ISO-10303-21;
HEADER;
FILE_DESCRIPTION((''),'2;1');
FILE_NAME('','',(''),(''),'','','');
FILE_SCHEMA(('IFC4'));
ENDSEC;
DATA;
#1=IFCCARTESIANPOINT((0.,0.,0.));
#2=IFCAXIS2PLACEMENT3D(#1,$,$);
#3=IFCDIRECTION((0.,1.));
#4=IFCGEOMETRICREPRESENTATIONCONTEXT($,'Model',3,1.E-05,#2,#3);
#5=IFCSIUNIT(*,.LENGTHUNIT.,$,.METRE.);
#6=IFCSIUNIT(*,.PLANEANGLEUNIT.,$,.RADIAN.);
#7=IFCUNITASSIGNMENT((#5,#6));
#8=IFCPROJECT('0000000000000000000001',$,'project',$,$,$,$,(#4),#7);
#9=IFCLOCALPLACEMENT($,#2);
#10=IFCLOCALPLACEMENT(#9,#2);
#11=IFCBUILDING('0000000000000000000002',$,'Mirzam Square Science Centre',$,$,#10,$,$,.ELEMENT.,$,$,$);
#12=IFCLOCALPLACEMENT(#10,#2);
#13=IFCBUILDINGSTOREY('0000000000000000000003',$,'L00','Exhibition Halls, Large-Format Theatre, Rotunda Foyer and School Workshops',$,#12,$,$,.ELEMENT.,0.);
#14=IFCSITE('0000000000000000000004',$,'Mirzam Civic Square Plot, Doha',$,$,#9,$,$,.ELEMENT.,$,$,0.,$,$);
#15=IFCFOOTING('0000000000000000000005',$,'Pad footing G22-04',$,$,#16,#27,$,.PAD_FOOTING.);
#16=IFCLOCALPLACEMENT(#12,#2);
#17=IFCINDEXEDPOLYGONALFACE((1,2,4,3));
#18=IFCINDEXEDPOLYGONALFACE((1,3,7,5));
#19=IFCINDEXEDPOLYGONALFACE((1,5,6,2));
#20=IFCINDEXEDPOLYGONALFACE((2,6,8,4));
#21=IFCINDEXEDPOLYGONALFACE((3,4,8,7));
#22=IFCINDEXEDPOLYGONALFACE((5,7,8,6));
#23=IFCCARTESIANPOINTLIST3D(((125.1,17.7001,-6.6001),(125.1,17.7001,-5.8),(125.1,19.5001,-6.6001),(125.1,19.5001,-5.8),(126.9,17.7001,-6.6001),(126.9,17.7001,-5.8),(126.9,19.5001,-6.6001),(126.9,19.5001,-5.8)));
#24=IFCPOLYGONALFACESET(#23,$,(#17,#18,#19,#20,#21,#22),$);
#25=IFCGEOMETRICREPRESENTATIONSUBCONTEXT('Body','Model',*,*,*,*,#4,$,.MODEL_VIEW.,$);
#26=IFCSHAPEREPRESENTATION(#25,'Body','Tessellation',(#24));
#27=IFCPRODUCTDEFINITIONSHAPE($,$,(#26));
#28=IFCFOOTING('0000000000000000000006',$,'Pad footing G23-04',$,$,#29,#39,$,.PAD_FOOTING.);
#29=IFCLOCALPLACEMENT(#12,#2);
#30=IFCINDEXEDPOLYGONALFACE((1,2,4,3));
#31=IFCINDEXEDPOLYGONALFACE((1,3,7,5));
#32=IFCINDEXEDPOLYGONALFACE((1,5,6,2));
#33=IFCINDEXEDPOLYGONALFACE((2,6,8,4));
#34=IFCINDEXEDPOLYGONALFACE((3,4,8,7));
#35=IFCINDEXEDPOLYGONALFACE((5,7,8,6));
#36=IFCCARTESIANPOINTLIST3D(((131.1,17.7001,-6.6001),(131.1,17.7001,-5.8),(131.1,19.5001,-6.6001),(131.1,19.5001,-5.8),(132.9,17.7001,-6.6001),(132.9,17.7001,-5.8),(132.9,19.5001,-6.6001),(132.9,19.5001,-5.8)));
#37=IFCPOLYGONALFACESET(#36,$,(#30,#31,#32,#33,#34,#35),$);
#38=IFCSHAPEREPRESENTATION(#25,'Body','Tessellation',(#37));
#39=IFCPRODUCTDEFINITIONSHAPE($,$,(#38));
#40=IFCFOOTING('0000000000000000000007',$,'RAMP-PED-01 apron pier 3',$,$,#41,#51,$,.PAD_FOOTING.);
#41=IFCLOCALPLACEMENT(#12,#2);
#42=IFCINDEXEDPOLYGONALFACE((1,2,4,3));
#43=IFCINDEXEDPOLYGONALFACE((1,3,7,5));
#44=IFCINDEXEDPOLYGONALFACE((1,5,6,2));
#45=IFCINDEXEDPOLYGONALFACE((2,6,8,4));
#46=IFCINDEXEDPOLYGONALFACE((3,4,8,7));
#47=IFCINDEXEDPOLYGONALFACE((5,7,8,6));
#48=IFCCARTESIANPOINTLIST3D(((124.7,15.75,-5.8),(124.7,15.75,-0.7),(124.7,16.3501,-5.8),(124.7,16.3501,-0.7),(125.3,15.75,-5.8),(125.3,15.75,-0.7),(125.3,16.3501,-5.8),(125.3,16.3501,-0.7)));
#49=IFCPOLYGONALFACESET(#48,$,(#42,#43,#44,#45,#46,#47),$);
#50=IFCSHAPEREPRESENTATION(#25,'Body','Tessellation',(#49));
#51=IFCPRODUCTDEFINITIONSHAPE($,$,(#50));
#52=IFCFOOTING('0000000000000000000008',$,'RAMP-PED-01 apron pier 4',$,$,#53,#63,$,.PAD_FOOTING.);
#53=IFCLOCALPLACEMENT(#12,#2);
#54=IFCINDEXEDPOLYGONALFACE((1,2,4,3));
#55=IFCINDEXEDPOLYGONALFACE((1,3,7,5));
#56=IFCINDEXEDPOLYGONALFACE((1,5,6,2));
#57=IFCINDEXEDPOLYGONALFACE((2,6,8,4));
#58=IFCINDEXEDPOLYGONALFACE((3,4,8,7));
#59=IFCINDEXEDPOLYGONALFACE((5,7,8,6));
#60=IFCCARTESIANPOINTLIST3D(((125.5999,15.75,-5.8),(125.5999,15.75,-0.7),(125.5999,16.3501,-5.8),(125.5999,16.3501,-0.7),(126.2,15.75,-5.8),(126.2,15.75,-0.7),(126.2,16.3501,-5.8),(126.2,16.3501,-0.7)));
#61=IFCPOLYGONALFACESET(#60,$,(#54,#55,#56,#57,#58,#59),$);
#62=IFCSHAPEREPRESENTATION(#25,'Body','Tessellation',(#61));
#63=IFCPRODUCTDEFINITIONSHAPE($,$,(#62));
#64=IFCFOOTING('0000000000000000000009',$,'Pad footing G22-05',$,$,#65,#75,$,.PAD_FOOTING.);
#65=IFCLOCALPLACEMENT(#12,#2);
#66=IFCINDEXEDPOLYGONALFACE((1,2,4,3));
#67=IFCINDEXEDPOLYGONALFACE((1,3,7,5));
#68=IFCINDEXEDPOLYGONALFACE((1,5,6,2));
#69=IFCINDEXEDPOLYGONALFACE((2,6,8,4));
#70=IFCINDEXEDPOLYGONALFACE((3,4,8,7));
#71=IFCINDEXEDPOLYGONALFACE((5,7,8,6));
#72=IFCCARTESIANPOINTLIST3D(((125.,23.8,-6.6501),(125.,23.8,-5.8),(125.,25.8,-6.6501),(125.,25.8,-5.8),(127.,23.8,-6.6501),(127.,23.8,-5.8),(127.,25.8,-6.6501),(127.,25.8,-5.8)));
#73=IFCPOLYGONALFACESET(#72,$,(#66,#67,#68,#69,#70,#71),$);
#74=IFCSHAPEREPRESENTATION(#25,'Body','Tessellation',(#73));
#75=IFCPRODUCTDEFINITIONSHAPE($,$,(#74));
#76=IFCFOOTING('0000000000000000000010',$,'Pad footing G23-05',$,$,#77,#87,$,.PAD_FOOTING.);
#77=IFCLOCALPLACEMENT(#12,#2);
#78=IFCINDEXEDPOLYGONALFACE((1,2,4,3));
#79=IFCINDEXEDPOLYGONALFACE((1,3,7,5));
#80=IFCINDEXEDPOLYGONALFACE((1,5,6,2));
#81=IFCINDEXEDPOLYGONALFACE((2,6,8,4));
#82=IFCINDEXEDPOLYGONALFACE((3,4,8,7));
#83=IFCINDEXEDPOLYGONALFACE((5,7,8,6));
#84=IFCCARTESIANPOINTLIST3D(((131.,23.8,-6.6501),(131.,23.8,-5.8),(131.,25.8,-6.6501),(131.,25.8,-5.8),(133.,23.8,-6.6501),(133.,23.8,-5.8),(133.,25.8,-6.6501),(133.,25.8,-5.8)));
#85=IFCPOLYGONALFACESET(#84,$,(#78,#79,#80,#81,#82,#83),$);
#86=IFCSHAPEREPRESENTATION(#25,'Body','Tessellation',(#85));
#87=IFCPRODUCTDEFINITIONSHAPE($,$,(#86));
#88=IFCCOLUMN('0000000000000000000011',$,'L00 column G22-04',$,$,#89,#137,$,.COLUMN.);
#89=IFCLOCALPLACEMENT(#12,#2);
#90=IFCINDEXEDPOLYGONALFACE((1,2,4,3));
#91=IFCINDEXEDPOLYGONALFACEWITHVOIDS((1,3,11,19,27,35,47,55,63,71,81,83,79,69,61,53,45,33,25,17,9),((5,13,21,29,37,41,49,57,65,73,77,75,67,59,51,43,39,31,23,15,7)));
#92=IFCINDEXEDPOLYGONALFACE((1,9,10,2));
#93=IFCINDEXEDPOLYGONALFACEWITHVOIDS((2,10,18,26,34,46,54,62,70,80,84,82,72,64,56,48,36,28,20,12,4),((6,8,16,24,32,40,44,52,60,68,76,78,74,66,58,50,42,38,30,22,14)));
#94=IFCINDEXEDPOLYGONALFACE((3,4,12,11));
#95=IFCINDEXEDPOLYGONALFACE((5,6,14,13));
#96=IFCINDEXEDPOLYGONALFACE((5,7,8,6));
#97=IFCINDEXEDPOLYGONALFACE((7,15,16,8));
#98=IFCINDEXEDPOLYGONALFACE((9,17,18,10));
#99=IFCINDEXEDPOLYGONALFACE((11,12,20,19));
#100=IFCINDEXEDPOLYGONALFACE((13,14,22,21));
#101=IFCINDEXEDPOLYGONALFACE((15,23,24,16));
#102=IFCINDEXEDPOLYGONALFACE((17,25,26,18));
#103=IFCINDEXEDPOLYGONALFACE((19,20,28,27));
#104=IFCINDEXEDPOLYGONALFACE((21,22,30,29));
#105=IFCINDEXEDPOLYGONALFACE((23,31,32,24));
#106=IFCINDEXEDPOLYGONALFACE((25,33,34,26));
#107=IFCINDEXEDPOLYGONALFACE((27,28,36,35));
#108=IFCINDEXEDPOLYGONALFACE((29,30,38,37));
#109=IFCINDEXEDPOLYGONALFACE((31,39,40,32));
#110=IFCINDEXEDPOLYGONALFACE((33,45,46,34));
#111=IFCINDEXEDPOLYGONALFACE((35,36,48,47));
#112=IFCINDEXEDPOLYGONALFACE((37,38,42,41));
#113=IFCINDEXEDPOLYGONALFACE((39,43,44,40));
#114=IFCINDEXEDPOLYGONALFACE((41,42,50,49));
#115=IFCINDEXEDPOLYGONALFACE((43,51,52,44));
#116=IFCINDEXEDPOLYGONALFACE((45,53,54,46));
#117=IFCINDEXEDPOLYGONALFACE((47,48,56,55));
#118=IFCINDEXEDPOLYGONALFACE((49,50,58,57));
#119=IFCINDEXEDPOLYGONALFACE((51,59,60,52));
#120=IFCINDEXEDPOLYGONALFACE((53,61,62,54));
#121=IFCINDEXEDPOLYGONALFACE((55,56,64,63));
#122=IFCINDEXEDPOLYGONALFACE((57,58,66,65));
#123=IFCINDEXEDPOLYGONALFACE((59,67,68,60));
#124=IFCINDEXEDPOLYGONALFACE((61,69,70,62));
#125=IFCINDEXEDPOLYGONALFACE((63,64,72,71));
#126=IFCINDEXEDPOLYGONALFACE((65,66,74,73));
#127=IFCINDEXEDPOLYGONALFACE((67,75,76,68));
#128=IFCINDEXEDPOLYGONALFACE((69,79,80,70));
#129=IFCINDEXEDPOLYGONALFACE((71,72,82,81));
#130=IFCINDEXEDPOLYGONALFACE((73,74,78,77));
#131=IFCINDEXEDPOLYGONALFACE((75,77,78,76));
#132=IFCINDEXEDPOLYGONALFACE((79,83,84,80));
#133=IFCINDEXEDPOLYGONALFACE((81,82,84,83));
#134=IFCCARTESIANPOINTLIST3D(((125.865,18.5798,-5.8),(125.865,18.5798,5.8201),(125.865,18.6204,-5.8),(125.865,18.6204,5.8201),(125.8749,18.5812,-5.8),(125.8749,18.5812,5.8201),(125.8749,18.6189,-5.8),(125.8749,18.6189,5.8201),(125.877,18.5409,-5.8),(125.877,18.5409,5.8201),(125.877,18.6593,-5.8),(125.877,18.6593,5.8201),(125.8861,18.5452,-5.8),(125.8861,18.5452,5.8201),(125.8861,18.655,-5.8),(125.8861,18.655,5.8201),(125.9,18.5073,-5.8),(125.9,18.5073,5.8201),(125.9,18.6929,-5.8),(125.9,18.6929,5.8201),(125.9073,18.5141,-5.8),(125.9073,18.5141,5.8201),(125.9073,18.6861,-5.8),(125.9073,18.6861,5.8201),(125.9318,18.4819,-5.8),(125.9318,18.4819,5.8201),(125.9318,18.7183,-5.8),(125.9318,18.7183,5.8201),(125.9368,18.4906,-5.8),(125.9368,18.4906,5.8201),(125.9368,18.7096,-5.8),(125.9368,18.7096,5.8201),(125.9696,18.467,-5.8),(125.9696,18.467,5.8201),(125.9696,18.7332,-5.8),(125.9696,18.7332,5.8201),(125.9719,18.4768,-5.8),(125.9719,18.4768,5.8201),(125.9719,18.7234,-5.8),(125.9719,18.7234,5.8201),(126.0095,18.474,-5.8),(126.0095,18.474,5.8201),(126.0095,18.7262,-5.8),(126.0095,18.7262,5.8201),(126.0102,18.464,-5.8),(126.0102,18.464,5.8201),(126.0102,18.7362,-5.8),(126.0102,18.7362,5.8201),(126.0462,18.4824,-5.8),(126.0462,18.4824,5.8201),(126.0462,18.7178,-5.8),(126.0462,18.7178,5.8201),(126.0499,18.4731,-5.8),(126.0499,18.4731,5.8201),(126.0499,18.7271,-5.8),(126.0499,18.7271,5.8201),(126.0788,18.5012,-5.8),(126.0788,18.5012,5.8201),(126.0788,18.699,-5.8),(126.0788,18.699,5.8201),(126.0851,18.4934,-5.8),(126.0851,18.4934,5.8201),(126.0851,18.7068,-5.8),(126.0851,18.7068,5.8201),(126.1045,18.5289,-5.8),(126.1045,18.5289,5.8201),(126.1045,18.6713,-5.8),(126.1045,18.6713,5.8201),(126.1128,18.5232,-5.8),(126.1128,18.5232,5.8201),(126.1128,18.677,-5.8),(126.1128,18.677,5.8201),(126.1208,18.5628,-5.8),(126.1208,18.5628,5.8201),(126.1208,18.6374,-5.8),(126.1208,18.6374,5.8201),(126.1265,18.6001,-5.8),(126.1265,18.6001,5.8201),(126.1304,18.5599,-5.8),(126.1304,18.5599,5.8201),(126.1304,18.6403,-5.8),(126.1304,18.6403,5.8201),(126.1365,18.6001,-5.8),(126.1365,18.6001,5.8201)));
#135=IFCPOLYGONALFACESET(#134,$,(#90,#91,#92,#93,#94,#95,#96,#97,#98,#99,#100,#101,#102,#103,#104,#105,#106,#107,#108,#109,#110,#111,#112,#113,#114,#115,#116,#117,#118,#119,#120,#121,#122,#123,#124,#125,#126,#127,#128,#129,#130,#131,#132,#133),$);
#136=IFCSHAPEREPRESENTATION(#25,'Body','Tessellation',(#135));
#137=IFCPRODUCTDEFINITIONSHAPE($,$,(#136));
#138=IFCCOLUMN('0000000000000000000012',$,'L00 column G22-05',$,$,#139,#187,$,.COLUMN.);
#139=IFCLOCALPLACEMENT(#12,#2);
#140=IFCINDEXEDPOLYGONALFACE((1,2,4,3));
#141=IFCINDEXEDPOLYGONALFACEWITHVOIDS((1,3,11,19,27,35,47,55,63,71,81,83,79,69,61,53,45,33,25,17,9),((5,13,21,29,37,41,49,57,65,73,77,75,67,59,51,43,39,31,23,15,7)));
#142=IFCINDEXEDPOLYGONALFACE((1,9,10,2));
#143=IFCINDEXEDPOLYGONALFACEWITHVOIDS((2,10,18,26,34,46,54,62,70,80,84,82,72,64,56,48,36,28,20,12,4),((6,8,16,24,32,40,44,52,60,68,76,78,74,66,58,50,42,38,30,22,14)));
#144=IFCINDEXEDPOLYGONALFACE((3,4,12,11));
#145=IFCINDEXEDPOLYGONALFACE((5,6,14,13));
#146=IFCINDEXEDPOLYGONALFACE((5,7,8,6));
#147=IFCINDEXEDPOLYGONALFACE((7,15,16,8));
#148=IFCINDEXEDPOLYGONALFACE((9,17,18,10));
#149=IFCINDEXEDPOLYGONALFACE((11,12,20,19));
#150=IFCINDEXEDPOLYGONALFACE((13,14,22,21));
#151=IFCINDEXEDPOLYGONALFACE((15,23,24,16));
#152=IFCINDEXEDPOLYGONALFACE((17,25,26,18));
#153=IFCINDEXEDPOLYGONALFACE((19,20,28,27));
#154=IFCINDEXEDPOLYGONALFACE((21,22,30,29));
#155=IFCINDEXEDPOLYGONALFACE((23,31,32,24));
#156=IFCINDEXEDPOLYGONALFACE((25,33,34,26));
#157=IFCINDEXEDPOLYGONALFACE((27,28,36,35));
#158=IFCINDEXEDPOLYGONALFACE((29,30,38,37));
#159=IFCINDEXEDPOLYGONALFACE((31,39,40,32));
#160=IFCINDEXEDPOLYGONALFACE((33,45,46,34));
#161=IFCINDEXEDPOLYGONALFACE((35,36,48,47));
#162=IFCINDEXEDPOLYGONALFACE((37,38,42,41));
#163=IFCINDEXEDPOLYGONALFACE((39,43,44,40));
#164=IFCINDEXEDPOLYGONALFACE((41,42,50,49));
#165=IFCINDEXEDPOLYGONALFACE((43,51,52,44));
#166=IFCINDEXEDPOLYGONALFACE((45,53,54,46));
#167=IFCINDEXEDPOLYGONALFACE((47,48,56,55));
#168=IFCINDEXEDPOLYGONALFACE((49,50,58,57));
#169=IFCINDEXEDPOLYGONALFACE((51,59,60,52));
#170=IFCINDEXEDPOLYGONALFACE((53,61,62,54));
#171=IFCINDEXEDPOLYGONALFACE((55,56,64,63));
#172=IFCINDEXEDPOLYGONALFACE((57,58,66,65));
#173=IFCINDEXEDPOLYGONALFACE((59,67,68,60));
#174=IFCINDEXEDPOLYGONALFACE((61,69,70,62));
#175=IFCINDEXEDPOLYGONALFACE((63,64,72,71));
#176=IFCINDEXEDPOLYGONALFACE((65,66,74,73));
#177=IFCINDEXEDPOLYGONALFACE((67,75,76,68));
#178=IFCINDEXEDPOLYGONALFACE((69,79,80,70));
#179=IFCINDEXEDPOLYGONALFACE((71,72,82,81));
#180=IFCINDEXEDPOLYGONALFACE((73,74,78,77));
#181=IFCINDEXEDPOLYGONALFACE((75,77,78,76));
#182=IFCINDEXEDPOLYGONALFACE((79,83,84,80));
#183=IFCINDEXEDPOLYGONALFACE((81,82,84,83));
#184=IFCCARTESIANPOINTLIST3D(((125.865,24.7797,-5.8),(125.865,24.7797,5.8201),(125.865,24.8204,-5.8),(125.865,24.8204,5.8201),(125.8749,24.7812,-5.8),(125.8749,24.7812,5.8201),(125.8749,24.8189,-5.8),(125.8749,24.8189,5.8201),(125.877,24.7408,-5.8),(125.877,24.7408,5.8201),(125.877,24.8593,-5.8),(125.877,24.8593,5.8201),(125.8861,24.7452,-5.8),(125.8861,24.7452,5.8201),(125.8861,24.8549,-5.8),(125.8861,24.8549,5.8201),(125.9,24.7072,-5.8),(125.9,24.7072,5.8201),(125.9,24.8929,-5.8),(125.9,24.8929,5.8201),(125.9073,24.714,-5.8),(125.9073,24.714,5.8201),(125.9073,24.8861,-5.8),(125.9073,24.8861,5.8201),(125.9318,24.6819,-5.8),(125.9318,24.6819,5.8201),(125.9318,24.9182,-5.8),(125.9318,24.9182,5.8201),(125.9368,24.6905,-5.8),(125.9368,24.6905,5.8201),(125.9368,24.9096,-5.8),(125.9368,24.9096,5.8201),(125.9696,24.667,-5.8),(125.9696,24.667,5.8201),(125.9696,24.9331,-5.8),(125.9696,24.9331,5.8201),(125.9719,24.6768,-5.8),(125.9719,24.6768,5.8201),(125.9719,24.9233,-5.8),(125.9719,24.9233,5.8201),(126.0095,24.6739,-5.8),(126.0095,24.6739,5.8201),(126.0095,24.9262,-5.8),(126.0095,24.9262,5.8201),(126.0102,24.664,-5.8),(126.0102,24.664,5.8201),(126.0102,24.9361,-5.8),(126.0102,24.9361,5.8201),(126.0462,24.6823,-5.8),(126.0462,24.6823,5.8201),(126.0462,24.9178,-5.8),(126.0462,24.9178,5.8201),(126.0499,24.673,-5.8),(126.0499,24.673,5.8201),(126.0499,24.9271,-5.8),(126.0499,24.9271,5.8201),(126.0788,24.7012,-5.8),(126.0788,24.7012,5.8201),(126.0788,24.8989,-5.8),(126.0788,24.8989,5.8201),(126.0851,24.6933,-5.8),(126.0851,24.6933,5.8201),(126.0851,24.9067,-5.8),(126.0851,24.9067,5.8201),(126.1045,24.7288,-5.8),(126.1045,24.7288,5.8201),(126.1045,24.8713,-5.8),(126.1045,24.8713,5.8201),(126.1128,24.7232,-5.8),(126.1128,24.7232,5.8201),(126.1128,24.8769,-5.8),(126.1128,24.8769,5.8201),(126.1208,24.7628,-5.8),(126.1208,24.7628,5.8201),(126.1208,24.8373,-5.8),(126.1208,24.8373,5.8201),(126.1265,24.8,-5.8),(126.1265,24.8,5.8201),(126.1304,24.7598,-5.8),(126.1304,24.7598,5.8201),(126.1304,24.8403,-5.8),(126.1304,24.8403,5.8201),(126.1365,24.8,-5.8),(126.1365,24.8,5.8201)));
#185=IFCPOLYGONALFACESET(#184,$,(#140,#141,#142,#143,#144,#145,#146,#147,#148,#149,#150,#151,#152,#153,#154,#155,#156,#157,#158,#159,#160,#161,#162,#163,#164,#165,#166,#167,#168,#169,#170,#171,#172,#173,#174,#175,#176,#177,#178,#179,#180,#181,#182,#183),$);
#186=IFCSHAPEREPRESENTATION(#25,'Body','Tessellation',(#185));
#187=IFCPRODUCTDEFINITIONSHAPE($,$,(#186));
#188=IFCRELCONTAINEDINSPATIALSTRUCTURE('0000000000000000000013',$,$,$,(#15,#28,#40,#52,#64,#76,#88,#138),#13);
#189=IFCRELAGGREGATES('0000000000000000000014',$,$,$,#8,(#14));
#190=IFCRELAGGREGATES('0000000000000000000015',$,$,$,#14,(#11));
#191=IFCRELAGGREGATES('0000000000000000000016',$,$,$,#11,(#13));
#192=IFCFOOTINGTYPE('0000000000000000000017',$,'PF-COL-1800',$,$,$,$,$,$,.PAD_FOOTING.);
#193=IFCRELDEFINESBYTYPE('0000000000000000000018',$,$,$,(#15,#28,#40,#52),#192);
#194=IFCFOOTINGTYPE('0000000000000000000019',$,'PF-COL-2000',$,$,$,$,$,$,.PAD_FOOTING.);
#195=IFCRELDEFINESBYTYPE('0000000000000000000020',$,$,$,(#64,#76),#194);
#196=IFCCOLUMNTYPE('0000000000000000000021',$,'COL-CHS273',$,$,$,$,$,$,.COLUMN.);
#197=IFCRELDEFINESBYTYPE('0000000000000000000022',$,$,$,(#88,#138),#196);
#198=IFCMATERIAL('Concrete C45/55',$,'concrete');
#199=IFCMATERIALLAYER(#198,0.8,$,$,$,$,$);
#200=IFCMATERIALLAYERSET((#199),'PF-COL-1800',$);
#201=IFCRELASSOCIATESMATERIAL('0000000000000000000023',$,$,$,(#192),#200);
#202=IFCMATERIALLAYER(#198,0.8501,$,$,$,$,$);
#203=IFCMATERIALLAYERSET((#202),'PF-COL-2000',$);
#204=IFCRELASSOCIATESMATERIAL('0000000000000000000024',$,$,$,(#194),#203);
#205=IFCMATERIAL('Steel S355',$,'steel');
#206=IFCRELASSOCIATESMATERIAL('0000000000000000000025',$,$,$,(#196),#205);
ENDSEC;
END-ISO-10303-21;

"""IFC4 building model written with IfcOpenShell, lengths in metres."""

from ifc_helpers import new_model, si_unit, direction, frame, origin, origin_2d, place, context, subcontext, project, spatial, rectangle, hollow_circle, extrude, material, layer, layer_set, material_profile, profile_set, type_object, element, save


model = new_model("IFC4")

# Units and contexts
model_context = context("Model", 3, precision=1e-05, world=origin(), true_north=direction((0.0, 1.0)))
body_context = subcontext(model_context, "Body", "Model", "MODEL_VIEW")
ifc_project = project(units=[si_unit("LENGTHUNIT", "METRE"), si_unit("PLANEANGLEUNIT", "RADIAN")], contexts=[model_context])

# Site, building, storey
site_placement = place(None, origin())
site = spatial("IfcSite", under=ifc_project, at=site_placement, Name="Mirzam Civic Square Plot, Doha", CompositionType="ELEMENT", RefElevation=0.0)
building_placement = place(site_placement, origin())
building = spatial("IfcBuilding", under=site, at=building_placement, Name="Mirzam Square Science Centre", CompositionType="ELEMENT")
storey_placement = place(building_placement, origin())
storey = spatial("IfcBuildingStorey", under=building, at=storey_placement, Name="L00", Description="Exhibition Halls, Large-Format Theatre, Rotunda Foyer and School Workshops", CompositionType="ELEMENT", Elevation=0.0)

# Footings
ifc_material_1 = material(Name="Concrete C45/55", Category="concrete")
ifc_layer_1 = layer(ifc_material_1, 0.8)
ifc_layer_set_1 = layer_set([ifc_layer_1], Name="PF-COL-1800")
footing_type_1 = type_object("IfcFootingType", Name="PF-COL-1800", PredefinedType="PAD_FOOTING", material=ifc_layer_set_1)
for number, where, z_axis, x_axis, name in (
    (1, (126.0, 18.6001, -6.6001), (0.0, 0.0, 1.0), (1.0, 0.0, 0.0), "Pad footing G22-04"),
    (2, (132.0, 18.6001, -6.6001), (0.0, 0.0, 1.0), (1.0, 0.0, 0.0), "Pad footing G23-04"),
):
    element("IfcFooting", number, at=place(storey_placement, frame(where, z_axis=z_axis, x_axis=x_axis)), inside=storey, type_object=footing_type_1, Name=name, PredefinedType="PAD_FOOTING", context=body_context, shape_type="SweptSolid", body=[
        extrude(rectangle(XDim=1.8, YDim=1.8, at=origin_2d()), origin(), (0.0, 0.0, 1.0), 0.8),
    ])
for number, where, z_axis, x_axis, name in (
    (3, (125.0, 16.05, -5.8), (0.0, 0.0, 1.0), (1.0, 0.0, 0.0), "RAMP-PED-01 apron pier 3"),
    (4, (125.8999, 16.05, -5.8), (0.0, 0.0, 1.0), (1.0, 0.0, 0.0), "RAMP-PED-01 apron pier 4"),
):
    element("IfcFooting", number, at=place(storey_placement, frame(where, z_axis=z_axis, x_axis=x_axis)), inside=storey, type_object=footing_type_1, Name=name, PredefinedType="PAD_FOOTING", context=body_context, shape_type="SweptSolid", body=[
        extrude(rectangle(XDim=0.6001, YDim=0.6001, at=origin_2d()), origin(), (0.0, 0.0, 1.0), 5.1001),
    ])
ifc_layer_2 = layer(ifc_material_1, 0.8501)
ifc_layer_set_2 = layer_set([ifc_layer_2], Name="PF-COL-2000")
footing_type_2 = type_object("IfcFootingType", Name="PF-COL-2000", PredefinedType="PAD_FOOTING", material=ifc_layer_set_2)
for number, where, z_axis, x_axis, name in (
    (5, (126.0, 24.8, -6.6501), (0.0, 0.0, 1.0), (1.0, 0.0, 0.0), "Pad footing G22-05"),
    (6, (132.0, 24.8, -6.6501), (0.0, 0.0, 1.0), (1.0, 0.0, 0.0), "Pad footing G23-05"),
):
    element("IfcFooting", number, at=place(storey_placement, frame(where, z_axis=z_axis, x_axis=x_axis)), inside=storey, type_object=footing_type_2, Name=name, PredefinedType="PAD_FOOTING", context=body_context, shape_type="SweptSolid", body=[
        extrude(rectangle(XDim=2.0, YDim=2.0, at=origin_2d()), origin(), (0.0, 0.0, 1.0), 0.8501),
    ])

# Columns
ifc_material_2 = material(Name="Steel S355", Category="steel")
ifc_material_profile_1 = material_profile(ifc_material_2, hollow_circle(Radius=0.1365, WallThickness=0.01, at=origin_2d()), Name="273.0x10.0CHS")
ifc_profile_set_1 = profile_set([ifc_material_profile_1], Name="Steel S355")
column_type_1 = type_object("IfcColumnType", Name="COL-CHS273", PredefinedType="COLUMN", material=ifc_profile_set_1)
for number, where, z_axis, x_axis, name in (
    (7, (126.0, 18.6001, -5.8), (0.0, 0.0, 1.0), (1.0, 0.0, 0.0), "L00 column G22-04"),
    (8, (126.0, 24.8, -5.8), (0.0, 0.0, 1.0), (1.0, 0.0, 0.0), "L00 column G22-05"),
):
    element("IfcColumn", number, at=place(storey_placement, frame(where, z_axis=z_axis, x_axis=x_axis)), inside=storey, type_object=column_type_1, Name=name, PredefinedType="COLUMN", context=body_context, shape_type="SweptSolid", body=[
        extrude(hollow_circle(Radius=0.1365, WallThickness=0.01, at=origin_2d()), origin(), (0.0, 0.0, 1.0), 11.6201),
    ])

save(model, "model.ifc")
